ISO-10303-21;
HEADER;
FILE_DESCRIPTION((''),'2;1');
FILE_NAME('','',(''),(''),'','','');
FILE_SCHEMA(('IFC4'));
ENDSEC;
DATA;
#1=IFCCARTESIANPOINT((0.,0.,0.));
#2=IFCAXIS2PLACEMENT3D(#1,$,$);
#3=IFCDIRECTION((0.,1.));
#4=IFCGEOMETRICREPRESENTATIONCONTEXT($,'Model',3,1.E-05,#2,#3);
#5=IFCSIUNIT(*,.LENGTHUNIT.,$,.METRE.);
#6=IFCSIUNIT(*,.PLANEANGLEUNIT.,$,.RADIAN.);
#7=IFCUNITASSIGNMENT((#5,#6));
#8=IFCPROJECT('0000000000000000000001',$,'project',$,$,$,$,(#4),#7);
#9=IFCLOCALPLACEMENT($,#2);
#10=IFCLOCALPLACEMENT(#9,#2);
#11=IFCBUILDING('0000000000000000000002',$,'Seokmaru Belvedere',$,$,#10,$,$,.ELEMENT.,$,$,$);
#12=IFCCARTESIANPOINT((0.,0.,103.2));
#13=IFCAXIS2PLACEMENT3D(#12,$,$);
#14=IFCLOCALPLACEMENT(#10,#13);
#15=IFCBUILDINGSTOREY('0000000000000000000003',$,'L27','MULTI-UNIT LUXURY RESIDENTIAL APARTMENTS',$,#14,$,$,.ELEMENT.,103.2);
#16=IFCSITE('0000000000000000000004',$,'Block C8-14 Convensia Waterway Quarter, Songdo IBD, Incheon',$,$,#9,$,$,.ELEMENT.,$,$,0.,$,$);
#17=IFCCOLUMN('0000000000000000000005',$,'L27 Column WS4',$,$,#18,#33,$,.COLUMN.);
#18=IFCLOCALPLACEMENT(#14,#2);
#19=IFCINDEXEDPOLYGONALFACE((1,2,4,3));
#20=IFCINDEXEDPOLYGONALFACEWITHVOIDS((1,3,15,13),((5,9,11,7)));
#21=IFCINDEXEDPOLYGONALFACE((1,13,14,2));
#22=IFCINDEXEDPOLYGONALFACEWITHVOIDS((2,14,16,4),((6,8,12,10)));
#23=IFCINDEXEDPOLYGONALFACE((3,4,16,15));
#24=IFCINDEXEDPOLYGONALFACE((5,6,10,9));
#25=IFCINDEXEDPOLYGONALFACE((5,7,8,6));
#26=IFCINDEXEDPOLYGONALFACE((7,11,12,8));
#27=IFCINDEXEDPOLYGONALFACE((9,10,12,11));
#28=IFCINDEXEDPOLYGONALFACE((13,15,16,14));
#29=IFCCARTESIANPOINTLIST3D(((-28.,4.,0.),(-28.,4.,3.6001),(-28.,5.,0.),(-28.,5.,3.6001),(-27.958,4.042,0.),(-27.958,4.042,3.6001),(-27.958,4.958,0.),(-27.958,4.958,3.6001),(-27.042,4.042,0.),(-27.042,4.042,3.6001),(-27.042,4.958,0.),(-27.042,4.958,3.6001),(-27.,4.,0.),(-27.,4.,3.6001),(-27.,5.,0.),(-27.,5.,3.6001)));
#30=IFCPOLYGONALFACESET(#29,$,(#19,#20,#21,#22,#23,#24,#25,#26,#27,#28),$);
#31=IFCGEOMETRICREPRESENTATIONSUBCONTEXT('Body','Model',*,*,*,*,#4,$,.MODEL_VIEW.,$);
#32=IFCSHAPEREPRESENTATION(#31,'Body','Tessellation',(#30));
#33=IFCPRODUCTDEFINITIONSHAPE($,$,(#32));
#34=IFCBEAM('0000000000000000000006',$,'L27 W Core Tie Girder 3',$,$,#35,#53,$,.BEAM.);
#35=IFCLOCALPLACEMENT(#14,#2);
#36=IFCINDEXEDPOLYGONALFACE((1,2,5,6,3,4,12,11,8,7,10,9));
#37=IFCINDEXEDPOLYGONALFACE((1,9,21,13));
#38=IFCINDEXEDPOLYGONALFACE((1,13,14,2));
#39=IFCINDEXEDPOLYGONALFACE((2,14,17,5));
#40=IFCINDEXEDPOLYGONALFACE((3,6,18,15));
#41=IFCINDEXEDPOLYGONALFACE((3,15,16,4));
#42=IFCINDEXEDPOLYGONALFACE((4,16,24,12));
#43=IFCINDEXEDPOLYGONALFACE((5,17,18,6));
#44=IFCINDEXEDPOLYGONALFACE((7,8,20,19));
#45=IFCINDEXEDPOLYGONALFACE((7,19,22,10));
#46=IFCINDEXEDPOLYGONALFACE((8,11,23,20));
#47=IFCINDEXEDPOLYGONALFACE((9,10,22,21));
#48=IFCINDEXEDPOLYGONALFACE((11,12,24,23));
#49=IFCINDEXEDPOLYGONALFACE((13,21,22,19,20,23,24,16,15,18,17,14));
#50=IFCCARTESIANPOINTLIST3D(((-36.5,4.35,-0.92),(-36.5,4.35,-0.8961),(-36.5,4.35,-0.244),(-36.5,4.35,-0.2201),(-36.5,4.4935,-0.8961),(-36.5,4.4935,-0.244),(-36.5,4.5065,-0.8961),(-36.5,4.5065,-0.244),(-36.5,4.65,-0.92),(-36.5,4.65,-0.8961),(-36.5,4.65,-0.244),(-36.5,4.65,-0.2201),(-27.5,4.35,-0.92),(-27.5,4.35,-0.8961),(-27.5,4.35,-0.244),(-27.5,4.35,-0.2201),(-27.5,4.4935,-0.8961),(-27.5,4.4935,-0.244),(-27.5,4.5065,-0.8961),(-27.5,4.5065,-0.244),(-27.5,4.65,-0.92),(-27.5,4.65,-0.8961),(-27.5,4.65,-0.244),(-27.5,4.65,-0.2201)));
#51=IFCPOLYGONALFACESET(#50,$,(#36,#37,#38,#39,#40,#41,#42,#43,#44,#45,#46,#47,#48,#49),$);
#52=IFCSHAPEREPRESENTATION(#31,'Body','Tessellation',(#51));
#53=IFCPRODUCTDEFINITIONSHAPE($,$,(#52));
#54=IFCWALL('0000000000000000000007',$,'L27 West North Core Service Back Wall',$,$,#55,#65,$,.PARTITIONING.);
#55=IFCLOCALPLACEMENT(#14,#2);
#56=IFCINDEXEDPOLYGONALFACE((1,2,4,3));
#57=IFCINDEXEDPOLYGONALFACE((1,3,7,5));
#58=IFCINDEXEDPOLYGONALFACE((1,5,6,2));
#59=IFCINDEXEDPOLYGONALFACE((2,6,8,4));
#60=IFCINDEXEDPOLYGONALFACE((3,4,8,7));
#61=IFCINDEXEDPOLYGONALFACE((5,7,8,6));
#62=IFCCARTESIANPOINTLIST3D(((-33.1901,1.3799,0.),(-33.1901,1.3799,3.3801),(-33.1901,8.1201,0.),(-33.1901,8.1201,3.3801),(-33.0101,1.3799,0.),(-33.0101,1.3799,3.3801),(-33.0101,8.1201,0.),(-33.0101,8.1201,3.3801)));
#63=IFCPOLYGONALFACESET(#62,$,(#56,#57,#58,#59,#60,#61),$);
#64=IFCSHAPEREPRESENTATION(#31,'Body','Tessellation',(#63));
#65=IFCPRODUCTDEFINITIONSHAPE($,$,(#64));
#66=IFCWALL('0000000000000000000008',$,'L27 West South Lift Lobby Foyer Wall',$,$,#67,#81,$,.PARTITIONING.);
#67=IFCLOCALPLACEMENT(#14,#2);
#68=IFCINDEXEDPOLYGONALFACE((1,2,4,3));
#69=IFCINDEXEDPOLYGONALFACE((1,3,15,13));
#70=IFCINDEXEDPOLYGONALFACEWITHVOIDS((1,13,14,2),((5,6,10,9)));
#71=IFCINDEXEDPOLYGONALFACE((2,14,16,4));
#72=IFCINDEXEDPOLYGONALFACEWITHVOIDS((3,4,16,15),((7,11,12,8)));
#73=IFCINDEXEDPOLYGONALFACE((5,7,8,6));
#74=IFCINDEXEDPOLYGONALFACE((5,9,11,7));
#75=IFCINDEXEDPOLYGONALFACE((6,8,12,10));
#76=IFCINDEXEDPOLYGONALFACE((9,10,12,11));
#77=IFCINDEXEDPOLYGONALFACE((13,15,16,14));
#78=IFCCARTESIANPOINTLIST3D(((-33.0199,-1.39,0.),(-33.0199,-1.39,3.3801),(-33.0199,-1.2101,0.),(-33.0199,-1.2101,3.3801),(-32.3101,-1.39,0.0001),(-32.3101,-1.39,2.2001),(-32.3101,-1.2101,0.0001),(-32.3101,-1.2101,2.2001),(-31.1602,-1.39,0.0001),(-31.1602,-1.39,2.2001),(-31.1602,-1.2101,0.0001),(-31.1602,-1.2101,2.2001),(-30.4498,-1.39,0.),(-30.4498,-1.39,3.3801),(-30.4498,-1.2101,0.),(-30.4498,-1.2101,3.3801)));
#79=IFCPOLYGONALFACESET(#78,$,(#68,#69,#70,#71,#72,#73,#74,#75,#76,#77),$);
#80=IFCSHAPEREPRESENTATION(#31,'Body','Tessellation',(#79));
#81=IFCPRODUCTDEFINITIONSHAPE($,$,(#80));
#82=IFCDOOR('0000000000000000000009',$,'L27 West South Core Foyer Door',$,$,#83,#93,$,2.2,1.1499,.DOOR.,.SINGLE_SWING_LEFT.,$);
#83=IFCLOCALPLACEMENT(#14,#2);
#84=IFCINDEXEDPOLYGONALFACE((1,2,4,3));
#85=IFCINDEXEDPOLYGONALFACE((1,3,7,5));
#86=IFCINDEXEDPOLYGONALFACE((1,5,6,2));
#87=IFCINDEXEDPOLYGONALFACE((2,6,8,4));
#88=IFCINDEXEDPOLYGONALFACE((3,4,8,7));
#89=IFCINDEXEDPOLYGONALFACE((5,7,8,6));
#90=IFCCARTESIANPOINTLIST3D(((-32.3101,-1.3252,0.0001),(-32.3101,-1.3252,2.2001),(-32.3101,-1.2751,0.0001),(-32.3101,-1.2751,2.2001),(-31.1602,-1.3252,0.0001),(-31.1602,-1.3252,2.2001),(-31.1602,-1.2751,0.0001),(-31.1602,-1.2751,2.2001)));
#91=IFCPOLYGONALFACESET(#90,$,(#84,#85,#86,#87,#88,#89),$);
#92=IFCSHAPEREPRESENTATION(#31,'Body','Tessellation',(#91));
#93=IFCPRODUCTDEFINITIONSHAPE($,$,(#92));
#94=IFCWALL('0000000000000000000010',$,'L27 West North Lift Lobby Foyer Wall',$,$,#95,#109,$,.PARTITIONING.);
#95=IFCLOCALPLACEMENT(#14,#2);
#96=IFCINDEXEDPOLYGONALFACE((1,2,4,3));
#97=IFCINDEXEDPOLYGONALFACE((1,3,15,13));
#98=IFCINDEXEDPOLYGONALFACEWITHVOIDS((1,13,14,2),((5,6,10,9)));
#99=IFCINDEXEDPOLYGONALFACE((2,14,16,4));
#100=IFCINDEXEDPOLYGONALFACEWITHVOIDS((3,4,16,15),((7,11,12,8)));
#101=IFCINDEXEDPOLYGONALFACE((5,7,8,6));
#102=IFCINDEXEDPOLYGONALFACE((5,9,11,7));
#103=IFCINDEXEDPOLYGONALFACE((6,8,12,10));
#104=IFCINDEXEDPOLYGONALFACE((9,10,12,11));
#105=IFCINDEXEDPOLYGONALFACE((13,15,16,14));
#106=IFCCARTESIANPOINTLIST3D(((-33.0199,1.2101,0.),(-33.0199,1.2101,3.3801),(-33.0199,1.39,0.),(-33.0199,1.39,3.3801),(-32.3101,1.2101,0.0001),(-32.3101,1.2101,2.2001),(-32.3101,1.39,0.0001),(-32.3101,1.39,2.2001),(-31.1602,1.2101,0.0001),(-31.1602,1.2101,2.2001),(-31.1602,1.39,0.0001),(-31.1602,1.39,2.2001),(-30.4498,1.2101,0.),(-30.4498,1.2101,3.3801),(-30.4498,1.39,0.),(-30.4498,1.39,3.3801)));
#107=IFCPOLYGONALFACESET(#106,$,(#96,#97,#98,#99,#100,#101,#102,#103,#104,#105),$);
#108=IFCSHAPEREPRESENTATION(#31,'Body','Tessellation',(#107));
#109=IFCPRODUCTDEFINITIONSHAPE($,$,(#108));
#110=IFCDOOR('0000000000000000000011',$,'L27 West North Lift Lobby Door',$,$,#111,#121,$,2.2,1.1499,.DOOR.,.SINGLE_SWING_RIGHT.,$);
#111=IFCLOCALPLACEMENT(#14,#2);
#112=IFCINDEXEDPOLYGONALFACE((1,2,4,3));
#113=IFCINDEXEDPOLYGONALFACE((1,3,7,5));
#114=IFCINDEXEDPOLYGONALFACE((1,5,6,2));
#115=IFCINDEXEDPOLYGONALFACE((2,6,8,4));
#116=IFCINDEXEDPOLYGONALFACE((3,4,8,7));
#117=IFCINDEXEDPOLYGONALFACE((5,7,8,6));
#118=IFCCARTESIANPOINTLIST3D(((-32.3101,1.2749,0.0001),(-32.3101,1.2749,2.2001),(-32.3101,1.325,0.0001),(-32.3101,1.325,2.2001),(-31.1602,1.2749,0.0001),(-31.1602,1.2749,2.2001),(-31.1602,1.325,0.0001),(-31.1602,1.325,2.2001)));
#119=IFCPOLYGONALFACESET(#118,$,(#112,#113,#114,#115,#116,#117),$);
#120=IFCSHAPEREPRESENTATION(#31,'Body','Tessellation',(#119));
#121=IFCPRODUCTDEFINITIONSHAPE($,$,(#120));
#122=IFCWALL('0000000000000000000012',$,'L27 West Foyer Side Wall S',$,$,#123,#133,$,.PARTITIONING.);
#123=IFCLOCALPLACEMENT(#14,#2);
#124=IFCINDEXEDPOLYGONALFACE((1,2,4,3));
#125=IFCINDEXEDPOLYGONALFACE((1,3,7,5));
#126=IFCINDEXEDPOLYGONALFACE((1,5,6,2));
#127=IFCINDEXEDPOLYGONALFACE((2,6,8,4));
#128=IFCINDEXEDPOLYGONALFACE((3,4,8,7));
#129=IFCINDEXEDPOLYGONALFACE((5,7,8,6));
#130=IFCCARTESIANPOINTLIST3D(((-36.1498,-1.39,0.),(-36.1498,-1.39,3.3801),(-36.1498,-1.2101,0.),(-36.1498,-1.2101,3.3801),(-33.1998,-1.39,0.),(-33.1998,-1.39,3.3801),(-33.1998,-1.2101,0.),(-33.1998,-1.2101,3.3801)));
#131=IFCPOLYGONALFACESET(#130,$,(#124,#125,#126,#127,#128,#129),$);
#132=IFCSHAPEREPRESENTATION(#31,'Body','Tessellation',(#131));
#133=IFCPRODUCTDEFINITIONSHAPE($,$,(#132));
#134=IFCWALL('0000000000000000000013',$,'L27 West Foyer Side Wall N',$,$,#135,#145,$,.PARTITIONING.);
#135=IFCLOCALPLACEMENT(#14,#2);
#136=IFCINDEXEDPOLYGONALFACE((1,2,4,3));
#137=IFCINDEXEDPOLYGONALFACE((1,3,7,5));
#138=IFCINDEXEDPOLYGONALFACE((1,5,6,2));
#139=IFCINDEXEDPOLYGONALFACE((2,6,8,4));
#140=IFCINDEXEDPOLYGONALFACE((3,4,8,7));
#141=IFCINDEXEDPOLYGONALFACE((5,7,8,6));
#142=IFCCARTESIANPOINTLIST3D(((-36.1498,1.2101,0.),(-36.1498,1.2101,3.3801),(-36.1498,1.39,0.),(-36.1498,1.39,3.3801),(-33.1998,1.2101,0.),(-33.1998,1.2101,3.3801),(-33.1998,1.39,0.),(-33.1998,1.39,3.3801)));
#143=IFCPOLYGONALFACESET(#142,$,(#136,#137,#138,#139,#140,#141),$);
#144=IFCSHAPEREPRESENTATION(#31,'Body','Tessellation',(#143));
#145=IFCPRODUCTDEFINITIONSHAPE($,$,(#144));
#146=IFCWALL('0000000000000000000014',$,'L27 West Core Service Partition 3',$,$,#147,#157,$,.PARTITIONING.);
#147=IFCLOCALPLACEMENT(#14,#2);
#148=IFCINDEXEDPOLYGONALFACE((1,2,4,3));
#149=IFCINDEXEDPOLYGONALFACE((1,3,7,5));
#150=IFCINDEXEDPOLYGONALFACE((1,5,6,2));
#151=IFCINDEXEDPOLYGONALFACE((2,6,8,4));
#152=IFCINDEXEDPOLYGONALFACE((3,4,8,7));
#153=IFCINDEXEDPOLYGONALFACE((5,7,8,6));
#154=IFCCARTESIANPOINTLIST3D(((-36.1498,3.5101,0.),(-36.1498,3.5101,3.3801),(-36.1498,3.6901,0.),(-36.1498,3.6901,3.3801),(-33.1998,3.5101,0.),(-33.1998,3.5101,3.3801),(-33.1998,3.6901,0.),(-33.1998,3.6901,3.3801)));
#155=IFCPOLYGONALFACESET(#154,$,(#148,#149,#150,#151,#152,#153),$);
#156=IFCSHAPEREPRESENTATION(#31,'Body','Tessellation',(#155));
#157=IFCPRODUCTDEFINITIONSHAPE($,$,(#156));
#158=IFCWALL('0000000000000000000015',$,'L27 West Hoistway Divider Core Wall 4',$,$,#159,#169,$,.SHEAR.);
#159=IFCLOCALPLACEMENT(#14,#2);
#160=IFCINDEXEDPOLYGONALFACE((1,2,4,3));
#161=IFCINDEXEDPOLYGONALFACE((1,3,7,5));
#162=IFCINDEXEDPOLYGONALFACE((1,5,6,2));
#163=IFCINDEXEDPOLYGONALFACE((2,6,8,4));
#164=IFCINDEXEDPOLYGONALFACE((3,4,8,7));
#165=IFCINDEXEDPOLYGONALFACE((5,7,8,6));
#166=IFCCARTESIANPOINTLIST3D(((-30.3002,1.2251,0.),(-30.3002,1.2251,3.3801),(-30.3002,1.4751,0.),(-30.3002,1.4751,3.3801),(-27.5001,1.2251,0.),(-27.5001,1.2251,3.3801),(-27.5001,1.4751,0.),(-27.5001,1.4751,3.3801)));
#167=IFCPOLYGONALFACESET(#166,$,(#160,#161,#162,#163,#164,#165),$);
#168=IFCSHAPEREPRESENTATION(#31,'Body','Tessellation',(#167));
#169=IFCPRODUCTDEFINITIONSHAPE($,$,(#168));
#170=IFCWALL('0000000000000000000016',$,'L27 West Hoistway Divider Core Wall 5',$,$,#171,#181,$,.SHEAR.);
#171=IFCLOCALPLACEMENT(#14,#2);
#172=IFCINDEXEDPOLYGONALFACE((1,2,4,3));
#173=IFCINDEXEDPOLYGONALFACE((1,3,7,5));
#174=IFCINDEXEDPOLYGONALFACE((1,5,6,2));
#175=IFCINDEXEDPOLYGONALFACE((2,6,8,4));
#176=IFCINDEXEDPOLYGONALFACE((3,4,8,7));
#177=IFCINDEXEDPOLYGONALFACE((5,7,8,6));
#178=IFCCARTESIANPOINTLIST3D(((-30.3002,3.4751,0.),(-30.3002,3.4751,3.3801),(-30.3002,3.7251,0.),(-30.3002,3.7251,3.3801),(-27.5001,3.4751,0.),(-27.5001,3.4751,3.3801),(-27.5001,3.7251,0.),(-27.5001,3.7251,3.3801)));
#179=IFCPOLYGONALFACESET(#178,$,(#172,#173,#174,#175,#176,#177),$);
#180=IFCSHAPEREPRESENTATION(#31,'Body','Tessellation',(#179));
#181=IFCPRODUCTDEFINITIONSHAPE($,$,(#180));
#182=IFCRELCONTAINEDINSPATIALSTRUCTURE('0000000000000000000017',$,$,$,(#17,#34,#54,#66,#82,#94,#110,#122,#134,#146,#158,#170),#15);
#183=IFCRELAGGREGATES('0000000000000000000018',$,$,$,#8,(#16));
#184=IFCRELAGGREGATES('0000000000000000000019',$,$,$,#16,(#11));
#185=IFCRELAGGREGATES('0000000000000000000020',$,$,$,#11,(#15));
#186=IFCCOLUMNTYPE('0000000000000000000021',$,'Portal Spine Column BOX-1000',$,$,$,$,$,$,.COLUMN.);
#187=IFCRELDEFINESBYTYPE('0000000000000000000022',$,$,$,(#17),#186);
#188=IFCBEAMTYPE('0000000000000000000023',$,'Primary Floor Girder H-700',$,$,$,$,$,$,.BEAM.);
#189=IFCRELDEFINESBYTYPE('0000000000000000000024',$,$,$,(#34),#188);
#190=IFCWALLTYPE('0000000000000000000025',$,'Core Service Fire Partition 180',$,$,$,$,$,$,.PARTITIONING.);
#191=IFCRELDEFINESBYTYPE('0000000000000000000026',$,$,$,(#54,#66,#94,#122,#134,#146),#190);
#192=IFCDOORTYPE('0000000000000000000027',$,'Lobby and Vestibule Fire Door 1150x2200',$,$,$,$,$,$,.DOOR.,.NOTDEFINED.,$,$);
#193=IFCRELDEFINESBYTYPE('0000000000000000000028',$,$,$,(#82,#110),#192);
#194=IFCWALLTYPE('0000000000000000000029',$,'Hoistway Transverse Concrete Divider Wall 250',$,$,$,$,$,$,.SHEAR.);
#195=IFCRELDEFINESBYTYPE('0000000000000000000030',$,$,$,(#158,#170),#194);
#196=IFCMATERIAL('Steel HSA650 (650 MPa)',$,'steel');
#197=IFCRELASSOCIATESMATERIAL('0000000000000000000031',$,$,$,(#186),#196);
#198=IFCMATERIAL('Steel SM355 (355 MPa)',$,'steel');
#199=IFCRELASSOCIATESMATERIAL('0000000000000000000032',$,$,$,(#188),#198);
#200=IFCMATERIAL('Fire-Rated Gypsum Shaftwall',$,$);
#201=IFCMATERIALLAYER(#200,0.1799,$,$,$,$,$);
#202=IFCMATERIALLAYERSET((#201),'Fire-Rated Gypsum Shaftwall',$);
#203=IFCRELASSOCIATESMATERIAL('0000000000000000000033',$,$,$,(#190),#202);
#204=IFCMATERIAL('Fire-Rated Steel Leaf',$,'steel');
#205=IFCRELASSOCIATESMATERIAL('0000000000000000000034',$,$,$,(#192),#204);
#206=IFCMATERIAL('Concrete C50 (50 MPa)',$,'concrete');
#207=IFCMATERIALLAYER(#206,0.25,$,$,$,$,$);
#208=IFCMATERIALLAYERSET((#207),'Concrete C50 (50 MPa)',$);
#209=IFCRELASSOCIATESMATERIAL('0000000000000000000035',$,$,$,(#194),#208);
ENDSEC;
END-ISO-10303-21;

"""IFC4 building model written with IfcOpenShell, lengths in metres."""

from ifc_helpers import new_model, si_unit, direction, frame, frame_2d, origin, origin_2d, place, context, subcontext, project, spatial, rectangle, hollow_rectangle, i_section, extrude, source, transform, mapped, material, layer, layer_set, material_profile, profile_set, type_object, type_shapes, element, fill, save


model = new_model("IFC4")

# Units and contexts
model_context = context("Model", 3, precision=1e-05, world=origin(), true_north=direction((0.0, 1.0)))
body_context = subcontext(model_context, "Body", "Model", "MODEL_VIEW")
ifc_project = project(units=[si_unit("LENGTHUNIT", "METRE"), si_unit("PLANEANGLEUNIT", "RADIAN")], contexts=[model_context])

# Site, building, storey
site_placement = place(None, origin())
site = spatial("IfcSite", under=ifc_project, at=site_placement, Name="Block C8-14 Convensia Waterway Quarter, Songdo IBD, Incheon", CompositionType="ELEMENT", RefElevation=0.0)
building_placement = place(site_placement, origin())
building = spatial("IfcBuilding", under=site, at=building_placement, Name="Seokmaru Belvedere", CompositionType="ELEMENT")
storey_placement = place(building_placement, frame((0.0, 0.0, 103.2)))
storey = spatial("IfcBuildingStorey", under=building, at=storey_placement, Name="L27", Description="MULTI-UNIT LUXURY RESIDENTIAL APARTMENTS", CompositionType="ELEMENT", Elevation=103.2)

# Column
ifc_material_1 = material(Name="Steel HSA650 (650 MPa)", Category="steel")
ifc_material_profile_1 = material_profile(ifc_material_1, hollow_rectangle(XDim=1.0, YDim=1.0, WallThickness=0.042, at=origin_2d()), Name="BOX-1000x1000x42")
ifc_profile_set_1 = profile_set([ifc_material_profile_1], Name="Steel HSA650 (650 MPa)")
column_type = type_object("IfcColumnType", Name="Portal Spine Column BOX-1000", PredefinedType="COLUMN", material=ifc_profile_set_1)
shared_shape_1 = source(origin(), body_context, "Body", "SweptSolid", [
    extrude(hollow_rectangle(XDim=1.0, YDim=1.0, WallThickness=0.042, at=origin_2d()), origin(), (0.0, 0.0, 1.0), 3.6001),
])
type_shapes(column_type, [shared_shape_1])
column_placement = place(storey_placement, frame((-27.5, 4.5, 0.0), z_axis=(0.0, 0.0, 1.0), x_axis=(1.0, 0.0, 0.0)))
element("IfcColumn", 1, at=column_placement, inside=storey, type_object=column_type, Name="L27 Column WS4", PredefinedType="COLUMN", context=body_context, shape_type="MappedRepresentation", body=[
    mapped(shared_shape_1, transform((0.0, 0.0, 0.0), scale=1.0)),
])

# Beam
ifc_material_2 = material(Name="Steel SM355 (355 MPa)", Category="steel")
ifc_material_profile_2 = material_profile(ifc_material_2, i_section(OverallWidth=0.3, OverallDepth=0.7, WebThickness=0.0129, FlangeThickness=0.0239, at=origin_2d()), Name="H-700x300x13x24")
ifc_profile_set_2 = profile_set([ifc_material_profile_2], Name="Steel SM355 (355 MPa)")
beam_type = type_object("IfcBeamType", Name="Primary Floor Girder H-700", PredefinedType="BEAM", material=ifc_profile_set_2)
shared_shape_2 = source(origin(), body_context, "Body", "SweptSolid", [
    extrude(i_section(OverallWidth=0.3, OverallDepth=0.7, WebThickness=0.0129, FlangeThickness=0.0239, at=origin_2d()), origin(), (0.0, 0.0, 1.0), 9.0),
])
type_shapes(beam_type, [shared_shape_2])
beam_placement = place(storey_placement, frame((-36.5, 4.5, -0.5701), z_axis=(1.0, 0.0, 0.0), x_axis=(0.0, 1.0, 0.0)))
element("IfcBeam", 2, at=beam_placement, inside=storey, type_object=beam_type, Name="L27 W Core Tie Girder 3", PredefinedType="BEAM", context=body_context, shape_type="MappedRepresentation", body=[
    mapped(shared_shape_2, transform((0.0, 0.0, 0.0), scale=1.0)),
])

# Wall
ifc_material_3 = material(Name="Fire-Rated Gypsum Shaftwall")
ifc_layer_1 = layer(ifc_material_3, 0.1799)
ifc_layer_set_1 = layer_set([ifc_layer_1], Name="Fire-Rated Gypsum Shaftwall")
wall_type_1 = type_object("IfcWallType", Name="Core Service Fire Partition 180", PredefinedType="PARTITIONING", material=ifc_layer_set_1)
wall_1_placement = place(storey_placement, frame((-33.1001, 1.3799, 0.0), z_axis=(0.0, 0.0, 1.0), x_axis=(0.0, 1.0, 0.0)))
element("IfcWall", 3, at=wall_1_placement, inside=storey, type_object=wall_type_1, Name="L27 West North Core Service Back Wall", PredefinedType="PARTITIONING", context=body_context, shape_type="SweptSolid", body=[
    extrude(rectangle(XDim=6.7402, YDim=0.1799, at=frame_2d((3.3701, 0.0))), origin(), (0.0, 0.0, 1.0), 3.3801),
])

# Walls, openings, doors
wall_2_placement = place(storey_placement, frame((-33.02, -1.3, 0.0), z_axis=(0.0, 0.0, 1.0), x_axis=(1.0, 0.0, 0.0)))
wall_2 = element("IfcWall", 4, at=wall_2_placement, inside=storey, type_object=wall_type_1, Name="L27 West South Lift Lobby Foyer Wall", PredefinedType="PARTITIONING", context=body_context, shape_type="SweptSolid", body=[
    extrude(rectangle(XDim=2.5701, YDim=0.1799, at=frame_2d((1.2852, 0.0))), origin(), (0.0, 0.0, 1.0), 3.3801),
])
opening_1_placement = place(wall_2_placement, frame((0.71, 0.0, 0.0)))
opening_1 = element("IfcOpeningElement", 5, at=opening_1_placement, cuts=wall_2, PredefinedType="OPENING", context=body_context, shape_type="SweptSolid", body=[
    extrude(rectangle(XDim=1.1499, YDim=2.2, at=frame_2d((0.575, 1.1001))), frame((0.0, 0.1001, 0.0), z_axis=(0.0, -1.0, 0.0), x_axis=(1.0, 0.0, 0.0)), (0.0, 0.0, 1.0), 0.2),
])
ifc_material_4 = material(Name="Fire-Rated Steel Leaf", Category="steel")
door_type_1 = type_object("IfcDoorType", Name="Lobby and Vestibule Fire Door 1150x2200", OperationType="NOTDEFINED", PredefinedType="DOOR", material=ifc_material_4)
shared_shape_3 = source(origin(), body_context, "Body", "SweptSolid", [
    extrude(rectangle(XDim=1.1499, YDim=2.2, at=frame_2d((0.575, 1.1001))), frame((0.0, 0.0249, 0.0), z_axis=(0.0, -1.0, 0.0), x_axis=(1.0, 0.0, 0.0)), (0.0, 0.0, 1.0), 0.05),
])
type_shapes(door_type_1, [shared_shape_3])
door_1_placement = place(opening_1_placement, origin())
door_1 = element("IfcDoor", 6, at=door_1_placement, inside=storey, type_object=door_type_1, Name="L27 West South Core Foyer Door", OperationType="SINGLE_SWING_LEFT", OverallHeight=2.2, OverallWidth=1.1499, PredefinedType="DOOR", context=body_context, shape_type="MappedRepresentation", body=[
    mapped(shared_shape_3, transform((0.0, 0.0, 0.0), scale=1.0)),
])
fill(opening_1, door_1)
wall_3_placement = place(storey_placement, frame((-33.02, 1.3, 0.0), z_axis=(0.0, 0.0, 1.0), x_axis=(1.0, 0.0, 0.0)))
wall_3 = element("IfcWall", 7, at=wall_3_placement, inside=storey, type_object=wall_type_1, Name="L27 West North Lift Lobby Foyer Wall", PredefinedType="PARTITIONING", context=body_context, shape_type="SweptSolid", body=[
    extrude(rectangle(XDim=2.5701, YDim=0.1799, at=frame_2d((1.2852, 0.0))), origin(), (0.0, 0.0, 1.0), 3.3801),
])
opening_2_placement = place(wall_3_placement, frame((0.71, 0.0, 0.0)))
opening_2 = element("IfcOpeningElement", 8, at=opening_2_placement, cuts=wall_3, PredefinedType="OPENING", context=body_context, shape_type="SweptSolid", body=[
    extrude(rectangle(XDim=1.1499, YDim=2.2, at=frame_2d((0.575, 1.1001))), frame((0.0, 0.1001, 0.0), z_axis=(0.0, -1.0, 0.0), x_axis=(1.0, 0.0, 0.0)), (0.0, 0.0, 1.0), 0.2),
])
door_2_placement = place(opening_2_placement, origin())
door_2 = element("IfcDoor", 9, at=door_2_placement, inside=storey, type_object=door_type_1, Name="L27 West North Lift Lobby Door", OperationType="SINGLE_SWING_RIGHT", OverallHeight=2.2, OverallWidth=1.1499, PredefinedType="DOOR", context=body_context, shape_type="MappedRepresentation", body=[
    mapped(shared_shape_3, transform((0.0, 0.0, 0.0), scale=1.0)),
])
fill(opening_2, door_2)

# Walls
for number, where, z_axis, x_axis, name in (
    (10, (-36.1499, -1.3, 0.0), (0.0, 0.0, 1.0), (1.0, 0.0, 0.0), "L27 West Foyer Side Wall S"),
    (11, (-36.1499, 1.3, 0.0), (0.0, 0.0, 1.0), (1.0, 0.0, 0.0), "L27 West Foyer Side Wall N"),
    (12, (-36.1499, 3.6001, 0.0), (0.0, 0.0, 1.0), (1.0, 0.0, 0.0), "L27 West Core Service Partition 3"),
):
    element("IfcWall", number, at=place(storey_placement, frame(where, z_axis=z_axis, x_axis=x_axis)), inside=storey, type_object=wall_type_1, Name=name, PredefinedType="PARTITIONING", context=body_context, shape_type="SweptSolid", body=[
        extrude(rectangle(XDim=2.95, YDim=0.1799, at=frame_2d((1.4751, 0.0))), origin(), (0.0, 0.0, 1.0), 3.3801),
    ])
ifc_material_5 = material(Name="Concrete C50 (50 MPa)", Category="concrete")
ifc_layer_2 = layer(ifc_material_5, 0.25)
ifc_layer_set_2 = layer_set([ifc_layer_2], Name="Concrete C50 (50 MPa)")
wall_type_2 = type_object("IfcWallType", Name="Hoistway Transverse Concrete Divider Wall 250", PredefinedType="SHEAR", material=ifc_layer_set_2)
for number, where, z_axis, x_axis, name in (
    (13, (-30.3, 1.3501, 0.0), (0.0, 0.0, 1.0), (1.0, 0.0, 0.0), "L27 West Hoistway Divider Core Wall 4"),
    (14, (-30.3, 3.6001, 0.0), (0.0, 0.0, 1.0), (1.0, 0.0, 0.0), "L27 West Hoistway Divider Core Wall 5"),
):
    element("IfcWall", number, at=place(storey_placement, frame(where, z_axis=z_axis, x_axis=x_axis)), inside=storey, type_object=wall_type_2, Name=name, PredefinedType="SHEAR", context=body_context, shape_type="SweptSolid", body=[
        extrude(rectangle(XDim=2.8, YDim=0.25, at=frame_2d((1.3999, 0.0))), origin(), (0.0, 0.0, 1.0), 3.3801),
    ])

save(model, "model.ifc")
